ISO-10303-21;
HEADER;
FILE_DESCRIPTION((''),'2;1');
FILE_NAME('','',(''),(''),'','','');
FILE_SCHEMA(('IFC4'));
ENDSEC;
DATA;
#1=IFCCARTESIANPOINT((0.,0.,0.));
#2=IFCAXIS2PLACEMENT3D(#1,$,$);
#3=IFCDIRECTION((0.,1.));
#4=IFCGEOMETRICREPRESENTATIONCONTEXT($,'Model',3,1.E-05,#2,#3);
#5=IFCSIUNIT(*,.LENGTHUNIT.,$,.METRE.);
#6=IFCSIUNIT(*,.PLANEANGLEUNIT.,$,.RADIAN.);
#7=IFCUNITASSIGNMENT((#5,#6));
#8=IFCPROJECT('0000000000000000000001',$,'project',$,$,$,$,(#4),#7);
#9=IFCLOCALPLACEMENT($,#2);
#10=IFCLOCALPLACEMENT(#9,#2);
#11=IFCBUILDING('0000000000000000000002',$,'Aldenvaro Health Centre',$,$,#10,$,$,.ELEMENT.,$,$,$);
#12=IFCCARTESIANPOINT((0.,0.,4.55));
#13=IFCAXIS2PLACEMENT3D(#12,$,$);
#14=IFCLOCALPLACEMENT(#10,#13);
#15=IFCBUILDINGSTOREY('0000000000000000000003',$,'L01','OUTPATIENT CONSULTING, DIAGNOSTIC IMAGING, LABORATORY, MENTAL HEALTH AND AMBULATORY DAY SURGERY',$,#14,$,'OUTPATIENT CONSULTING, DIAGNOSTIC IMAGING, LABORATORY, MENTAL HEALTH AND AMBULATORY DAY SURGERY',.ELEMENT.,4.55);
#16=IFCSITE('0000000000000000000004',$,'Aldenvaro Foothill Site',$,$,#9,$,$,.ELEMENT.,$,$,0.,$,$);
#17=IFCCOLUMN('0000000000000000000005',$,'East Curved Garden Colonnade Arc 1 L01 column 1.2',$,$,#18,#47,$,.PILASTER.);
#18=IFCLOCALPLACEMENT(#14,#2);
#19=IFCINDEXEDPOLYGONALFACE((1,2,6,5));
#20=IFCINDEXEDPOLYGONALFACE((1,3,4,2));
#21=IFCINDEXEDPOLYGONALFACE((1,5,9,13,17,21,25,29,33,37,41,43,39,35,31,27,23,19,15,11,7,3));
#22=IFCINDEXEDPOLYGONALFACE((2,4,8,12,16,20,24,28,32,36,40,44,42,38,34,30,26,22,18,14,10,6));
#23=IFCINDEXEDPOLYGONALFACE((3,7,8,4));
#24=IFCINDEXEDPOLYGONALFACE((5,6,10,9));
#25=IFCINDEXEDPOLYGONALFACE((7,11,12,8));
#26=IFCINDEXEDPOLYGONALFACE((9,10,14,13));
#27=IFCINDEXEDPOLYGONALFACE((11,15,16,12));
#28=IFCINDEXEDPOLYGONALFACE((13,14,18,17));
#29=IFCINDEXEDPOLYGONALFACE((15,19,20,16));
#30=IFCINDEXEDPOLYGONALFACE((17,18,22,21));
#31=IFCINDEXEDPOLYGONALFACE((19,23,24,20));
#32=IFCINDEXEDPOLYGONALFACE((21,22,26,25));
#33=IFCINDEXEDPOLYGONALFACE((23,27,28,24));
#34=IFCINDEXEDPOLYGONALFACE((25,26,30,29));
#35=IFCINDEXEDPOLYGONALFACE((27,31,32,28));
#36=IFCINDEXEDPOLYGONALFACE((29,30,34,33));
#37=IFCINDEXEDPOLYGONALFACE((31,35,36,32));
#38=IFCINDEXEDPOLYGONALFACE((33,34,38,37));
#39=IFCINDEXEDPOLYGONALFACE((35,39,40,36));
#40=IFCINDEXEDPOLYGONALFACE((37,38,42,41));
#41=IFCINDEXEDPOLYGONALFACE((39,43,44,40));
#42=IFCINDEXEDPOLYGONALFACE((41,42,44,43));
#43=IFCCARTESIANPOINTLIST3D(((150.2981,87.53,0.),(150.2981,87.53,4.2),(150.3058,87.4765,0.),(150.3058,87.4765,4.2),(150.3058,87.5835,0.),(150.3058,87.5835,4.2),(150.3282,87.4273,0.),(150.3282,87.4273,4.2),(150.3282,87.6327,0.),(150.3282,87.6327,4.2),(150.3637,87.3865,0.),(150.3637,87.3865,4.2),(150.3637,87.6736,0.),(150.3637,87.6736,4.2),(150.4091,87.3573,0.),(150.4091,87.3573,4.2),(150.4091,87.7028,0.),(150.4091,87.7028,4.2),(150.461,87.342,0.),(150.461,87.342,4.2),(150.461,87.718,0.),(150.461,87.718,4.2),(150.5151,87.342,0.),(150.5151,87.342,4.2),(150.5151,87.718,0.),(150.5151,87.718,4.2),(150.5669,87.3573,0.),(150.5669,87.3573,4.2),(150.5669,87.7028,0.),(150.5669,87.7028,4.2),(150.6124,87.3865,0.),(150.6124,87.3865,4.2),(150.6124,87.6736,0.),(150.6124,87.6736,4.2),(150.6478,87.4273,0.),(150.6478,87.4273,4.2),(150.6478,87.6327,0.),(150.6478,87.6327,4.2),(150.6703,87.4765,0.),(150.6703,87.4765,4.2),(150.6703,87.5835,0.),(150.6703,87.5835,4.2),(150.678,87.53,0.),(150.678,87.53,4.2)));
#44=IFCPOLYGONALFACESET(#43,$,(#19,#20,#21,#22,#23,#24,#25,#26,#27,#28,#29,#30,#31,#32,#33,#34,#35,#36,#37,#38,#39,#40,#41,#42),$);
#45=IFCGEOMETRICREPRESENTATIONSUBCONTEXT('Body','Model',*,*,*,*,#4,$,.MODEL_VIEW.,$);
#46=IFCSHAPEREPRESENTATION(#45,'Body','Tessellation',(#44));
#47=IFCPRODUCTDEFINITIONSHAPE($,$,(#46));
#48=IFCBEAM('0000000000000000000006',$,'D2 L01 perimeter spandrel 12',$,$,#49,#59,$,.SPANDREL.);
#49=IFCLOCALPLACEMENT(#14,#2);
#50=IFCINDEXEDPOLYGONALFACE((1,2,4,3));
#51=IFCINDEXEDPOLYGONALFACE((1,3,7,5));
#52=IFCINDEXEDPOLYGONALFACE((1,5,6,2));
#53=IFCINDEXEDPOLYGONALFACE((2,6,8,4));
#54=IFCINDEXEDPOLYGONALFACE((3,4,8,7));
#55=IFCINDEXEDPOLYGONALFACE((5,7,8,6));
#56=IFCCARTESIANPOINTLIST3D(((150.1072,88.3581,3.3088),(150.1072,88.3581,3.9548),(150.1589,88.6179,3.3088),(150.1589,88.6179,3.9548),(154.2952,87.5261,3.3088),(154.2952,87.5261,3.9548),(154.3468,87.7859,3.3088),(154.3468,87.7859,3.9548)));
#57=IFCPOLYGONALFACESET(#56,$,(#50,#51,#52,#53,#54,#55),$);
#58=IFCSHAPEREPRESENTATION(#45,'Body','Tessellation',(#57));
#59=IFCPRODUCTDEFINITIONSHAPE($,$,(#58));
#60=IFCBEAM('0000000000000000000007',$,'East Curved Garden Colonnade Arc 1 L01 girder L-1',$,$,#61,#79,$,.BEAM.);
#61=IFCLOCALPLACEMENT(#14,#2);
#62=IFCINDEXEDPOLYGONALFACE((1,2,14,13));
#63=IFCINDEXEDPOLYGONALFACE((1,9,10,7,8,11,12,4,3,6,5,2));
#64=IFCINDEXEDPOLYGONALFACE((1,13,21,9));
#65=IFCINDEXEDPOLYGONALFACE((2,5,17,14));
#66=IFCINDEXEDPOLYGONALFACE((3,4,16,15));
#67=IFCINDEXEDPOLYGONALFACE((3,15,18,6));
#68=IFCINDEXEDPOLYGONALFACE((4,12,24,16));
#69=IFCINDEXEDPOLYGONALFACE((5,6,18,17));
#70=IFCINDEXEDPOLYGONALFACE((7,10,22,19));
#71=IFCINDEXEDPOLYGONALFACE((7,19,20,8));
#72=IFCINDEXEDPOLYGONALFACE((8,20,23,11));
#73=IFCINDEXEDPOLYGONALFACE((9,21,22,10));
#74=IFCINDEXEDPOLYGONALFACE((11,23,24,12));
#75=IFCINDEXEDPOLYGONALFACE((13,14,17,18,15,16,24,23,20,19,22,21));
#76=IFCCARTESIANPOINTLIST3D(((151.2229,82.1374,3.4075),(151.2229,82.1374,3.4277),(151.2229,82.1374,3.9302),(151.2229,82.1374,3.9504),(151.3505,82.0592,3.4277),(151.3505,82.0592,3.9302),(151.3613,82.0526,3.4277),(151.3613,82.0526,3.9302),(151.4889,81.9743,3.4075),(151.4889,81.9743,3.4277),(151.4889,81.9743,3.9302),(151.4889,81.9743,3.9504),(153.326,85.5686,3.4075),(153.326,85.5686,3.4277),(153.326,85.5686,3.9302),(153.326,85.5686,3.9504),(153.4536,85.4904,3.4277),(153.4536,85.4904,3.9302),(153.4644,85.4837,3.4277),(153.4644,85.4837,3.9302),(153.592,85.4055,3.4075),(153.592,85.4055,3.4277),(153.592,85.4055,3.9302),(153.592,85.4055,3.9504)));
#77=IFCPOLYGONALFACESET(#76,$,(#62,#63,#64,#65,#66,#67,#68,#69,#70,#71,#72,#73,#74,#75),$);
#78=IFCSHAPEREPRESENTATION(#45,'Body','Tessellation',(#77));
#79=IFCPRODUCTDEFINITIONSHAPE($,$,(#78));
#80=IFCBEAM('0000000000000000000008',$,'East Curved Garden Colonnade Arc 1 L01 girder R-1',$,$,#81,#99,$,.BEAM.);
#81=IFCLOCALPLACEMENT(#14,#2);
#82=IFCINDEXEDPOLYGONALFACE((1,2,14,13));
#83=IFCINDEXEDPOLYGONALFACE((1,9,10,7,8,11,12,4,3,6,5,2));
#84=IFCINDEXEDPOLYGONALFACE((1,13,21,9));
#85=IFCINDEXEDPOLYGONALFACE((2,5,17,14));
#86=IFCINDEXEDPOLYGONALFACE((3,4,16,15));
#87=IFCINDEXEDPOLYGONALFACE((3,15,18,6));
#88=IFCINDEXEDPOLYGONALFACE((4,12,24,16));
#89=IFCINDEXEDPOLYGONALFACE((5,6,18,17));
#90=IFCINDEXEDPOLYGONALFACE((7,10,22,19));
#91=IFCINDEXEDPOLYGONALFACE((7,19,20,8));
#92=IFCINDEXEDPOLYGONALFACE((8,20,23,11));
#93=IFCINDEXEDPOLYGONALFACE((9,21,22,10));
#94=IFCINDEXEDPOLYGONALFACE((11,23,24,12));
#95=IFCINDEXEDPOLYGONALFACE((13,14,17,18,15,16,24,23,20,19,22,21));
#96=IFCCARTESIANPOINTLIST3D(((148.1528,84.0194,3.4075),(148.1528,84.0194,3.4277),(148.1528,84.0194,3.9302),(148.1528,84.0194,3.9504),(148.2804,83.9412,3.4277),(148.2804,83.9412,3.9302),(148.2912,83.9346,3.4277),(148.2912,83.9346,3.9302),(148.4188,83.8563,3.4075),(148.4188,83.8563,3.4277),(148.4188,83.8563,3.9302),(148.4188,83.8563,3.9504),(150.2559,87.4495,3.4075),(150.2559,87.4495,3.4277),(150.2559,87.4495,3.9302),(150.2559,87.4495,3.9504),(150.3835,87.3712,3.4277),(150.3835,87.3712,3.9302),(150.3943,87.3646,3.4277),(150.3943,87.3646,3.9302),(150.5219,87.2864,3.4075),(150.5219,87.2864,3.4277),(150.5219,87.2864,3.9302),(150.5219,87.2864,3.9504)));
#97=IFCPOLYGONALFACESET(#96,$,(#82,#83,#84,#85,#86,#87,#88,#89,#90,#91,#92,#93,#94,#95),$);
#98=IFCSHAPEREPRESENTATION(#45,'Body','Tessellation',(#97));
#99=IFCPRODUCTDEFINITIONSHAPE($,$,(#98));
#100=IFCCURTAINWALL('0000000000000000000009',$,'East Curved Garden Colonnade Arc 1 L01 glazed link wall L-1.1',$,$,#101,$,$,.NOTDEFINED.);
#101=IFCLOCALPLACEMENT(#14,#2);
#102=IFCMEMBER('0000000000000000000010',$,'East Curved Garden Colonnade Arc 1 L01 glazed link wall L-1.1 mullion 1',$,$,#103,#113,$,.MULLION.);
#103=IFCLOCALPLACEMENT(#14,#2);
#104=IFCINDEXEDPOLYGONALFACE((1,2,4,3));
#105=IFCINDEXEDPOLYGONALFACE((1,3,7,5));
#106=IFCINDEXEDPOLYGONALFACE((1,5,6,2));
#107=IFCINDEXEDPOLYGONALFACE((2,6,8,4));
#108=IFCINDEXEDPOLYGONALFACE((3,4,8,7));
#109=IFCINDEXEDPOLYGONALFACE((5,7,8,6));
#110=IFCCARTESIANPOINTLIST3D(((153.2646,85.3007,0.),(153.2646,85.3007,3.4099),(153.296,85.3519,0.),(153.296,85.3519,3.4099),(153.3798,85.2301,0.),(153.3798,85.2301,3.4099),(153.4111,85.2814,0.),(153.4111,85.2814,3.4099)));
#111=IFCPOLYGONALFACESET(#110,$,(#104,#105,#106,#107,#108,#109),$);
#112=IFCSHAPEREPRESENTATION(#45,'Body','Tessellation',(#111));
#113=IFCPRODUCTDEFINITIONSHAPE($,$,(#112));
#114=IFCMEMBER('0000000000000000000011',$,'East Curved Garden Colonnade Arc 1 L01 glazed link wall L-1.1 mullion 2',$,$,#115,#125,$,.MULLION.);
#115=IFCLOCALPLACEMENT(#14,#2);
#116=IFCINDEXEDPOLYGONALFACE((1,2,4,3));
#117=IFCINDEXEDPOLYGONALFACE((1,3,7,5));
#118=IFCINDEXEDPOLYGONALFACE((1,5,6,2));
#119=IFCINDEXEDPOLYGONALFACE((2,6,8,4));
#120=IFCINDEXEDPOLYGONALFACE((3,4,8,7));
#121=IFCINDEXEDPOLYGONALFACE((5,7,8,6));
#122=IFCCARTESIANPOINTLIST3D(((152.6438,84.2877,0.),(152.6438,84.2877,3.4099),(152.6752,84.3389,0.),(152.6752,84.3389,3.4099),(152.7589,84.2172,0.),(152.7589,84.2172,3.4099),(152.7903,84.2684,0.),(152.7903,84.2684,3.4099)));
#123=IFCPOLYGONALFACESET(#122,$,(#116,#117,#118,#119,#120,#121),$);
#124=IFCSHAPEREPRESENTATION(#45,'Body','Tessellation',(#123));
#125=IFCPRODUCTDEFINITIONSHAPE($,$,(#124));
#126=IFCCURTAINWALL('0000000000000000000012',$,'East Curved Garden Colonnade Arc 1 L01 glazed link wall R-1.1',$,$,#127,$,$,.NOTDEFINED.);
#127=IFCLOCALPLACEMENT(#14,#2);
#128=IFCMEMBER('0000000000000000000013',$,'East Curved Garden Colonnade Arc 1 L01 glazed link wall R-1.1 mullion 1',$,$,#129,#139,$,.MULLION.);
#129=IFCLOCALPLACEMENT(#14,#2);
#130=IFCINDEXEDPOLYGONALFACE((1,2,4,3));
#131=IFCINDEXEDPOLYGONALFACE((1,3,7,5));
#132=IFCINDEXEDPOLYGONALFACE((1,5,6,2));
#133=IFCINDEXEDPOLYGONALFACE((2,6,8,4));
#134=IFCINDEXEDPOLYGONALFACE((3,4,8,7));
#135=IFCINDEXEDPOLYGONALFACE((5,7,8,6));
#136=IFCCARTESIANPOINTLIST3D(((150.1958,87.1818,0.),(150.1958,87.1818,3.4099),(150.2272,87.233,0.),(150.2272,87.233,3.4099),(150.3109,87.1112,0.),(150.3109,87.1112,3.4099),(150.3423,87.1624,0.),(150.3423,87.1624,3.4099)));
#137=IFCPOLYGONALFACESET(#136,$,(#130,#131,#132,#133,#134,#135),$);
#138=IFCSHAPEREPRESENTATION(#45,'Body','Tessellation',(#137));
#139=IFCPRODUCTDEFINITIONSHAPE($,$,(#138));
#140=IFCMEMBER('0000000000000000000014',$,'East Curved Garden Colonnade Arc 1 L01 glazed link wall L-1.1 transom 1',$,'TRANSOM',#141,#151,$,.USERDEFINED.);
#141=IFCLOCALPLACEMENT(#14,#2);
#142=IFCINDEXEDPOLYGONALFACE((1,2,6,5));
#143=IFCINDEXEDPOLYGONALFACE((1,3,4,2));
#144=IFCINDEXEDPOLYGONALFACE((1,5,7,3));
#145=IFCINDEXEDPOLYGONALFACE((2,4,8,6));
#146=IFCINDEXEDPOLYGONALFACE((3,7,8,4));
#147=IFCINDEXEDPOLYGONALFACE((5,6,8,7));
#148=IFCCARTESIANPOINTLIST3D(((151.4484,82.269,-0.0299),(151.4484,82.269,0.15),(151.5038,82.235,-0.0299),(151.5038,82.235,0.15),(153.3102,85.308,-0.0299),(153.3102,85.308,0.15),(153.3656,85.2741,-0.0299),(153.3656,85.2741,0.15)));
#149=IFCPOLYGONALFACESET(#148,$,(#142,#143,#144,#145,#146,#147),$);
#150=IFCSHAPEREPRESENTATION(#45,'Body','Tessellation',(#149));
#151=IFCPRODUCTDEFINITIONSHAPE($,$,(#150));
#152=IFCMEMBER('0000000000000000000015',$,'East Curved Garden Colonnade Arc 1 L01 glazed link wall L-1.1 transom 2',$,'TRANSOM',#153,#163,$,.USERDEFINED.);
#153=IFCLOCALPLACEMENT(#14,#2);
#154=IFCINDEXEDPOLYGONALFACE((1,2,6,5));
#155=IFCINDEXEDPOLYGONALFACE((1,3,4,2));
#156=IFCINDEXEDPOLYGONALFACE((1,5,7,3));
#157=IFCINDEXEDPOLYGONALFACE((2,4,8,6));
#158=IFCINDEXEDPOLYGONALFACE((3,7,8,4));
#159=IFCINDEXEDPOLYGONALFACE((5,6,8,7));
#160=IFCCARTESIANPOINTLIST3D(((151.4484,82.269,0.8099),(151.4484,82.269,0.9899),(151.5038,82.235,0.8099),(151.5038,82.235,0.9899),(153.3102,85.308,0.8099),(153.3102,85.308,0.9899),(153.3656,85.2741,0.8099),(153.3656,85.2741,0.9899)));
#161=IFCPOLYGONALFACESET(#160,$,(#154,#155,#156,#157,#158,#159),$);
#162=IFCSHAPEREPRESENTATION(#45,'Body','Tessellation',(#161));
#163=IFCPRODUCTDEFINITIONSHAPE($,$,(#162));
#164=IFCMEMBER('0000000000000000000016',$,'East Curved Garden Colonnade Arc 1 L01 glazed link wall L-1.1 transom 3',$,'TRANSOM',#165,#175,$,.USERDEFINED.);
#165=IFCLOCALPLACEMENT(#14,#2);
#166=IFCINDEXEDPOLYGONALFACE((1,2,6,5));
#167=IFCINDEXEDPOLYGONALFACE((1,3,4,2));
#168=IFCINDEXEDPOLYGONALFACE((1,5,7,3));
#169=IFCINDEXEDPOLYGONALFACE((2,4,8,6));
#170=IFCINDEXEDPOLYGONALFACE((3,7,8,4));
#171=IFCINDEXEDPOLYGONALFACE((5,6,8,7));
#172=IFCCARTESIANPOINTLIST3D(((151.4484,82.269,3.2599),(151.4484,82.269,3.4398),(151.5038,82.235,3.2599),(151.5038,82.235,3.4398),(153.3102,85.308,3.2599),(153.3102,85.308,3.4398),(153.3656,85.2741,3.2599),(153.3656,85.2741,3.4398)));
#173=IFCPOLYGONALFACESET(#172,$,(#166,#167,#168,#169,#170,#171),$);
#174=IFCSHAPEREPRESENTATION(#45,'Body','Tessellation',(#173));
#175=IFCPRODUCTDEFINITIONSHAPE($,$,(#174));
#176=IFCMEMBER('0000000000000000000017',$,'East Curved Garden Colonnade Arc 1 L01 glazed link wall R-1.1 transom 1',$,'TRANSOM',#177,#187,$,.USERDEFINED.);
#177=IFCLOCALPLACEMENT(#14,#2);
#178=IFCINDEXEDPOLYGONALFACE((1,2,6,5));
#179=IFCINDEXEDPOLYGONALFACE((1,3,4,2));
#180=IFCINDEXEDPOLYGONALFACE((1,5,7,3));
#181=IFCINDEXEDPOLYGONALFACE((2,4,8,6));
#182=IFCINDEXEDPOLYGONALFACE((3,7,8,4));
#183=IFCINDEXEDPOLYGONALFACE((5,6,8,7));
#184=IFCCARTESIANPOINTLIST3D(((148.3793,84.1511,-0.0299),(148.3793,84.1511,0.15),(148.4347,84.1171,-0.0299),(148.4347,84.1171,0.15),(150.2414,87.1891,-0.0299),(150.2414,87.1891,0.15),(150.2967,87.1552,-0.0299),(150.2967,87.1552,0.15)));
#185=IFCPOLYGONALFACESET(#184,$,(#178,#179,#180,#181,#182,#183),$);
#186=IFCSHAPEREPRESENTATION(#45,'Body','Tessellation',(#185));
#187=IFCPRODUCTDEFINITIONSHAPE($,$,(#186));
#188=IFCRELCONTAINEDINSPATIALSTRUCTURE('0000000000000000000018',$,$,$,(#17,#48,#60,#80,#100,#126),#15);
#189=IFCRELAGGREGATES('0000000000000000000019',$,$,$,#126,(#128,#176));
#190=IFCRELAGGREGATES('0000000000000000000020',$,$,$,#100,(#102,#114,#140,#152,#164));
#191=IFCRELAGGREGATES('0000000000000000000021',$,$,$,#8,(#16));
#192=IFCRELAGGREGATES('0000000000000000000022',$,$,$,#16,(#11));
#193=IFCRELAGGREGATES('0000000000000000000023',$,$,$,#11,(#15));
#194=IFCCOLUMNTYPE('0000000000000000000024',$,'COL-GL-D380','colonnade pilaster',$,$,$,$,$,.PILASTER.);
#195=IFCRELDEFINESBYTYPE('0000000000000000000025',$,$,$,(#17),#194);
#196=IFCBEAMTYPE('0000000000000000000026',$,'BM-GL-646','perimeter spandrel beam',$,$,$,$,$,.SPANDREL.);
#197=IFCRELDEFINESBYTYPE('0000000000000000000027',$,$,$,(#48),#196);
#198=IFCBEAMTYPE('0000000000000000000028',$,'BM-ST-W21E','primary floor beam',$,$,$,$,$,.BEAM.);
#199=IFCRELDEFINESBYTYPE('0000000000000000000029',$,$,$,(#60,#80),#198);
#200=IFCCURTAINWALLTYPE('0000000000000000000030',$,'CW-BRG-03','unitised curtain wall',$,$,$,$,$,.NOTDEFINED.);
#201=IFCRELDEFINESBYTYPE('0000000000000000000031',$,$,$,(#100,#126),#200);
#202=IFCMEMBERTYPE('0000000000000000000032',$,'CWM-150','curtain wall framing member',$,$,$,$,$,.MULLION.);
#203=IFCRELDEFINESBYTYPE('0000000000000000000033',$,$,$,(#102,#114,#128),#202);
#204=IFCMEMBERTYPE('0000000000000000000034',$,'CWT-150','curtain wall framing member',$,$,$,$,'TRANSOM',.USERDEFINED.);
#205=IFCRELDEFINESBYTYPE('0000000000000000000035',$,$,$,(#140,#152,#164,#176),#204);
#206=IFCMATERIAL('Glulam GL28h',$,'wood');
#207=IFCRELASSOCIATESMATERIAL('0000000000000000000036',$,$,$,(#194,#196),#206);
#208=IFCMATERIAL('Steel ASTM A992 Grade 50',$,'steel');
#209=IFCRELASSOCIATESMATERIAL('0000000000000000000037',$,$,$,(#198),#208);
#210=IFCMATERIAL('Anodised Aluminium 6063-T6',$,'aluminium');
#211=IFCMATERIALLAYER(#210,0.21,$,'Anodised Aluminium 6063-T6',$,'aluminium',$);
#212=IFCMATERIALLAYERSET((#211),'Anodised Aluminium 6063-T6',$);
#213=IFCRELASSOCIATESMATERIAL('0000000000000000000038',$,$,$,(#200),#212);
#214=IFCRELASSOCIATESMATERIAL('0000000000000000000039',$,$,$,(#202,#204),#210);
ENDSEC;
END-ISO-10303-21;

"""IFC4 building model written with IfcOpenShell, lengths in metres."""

from ifc_helpers import new_model, si_unit, direction, frame, origin, origin_2d, place, context, subcontext, project, spatial, rectangle, circle, i_section, extrude, material, layer, layer_set, material_profile, profile_set, type_object, element, aggregate, save


model = new_model("IFC4")

# Units and contexts
model_context = context("Model", 3, precision=1e-05, world=origin(), true_north=direction((0.0, 1.0)))
body_context = subcontext(model_context, "Body", "Model", "MODEL_VIEW")
ifc_project = project(units=[si_unit("LENGTHUNIT", "METRE"), si_unit("PLANEANGLEUNIT", "RADIAN")], contexts=[model_context])

# Site, building, storey
site_placement = place(None, origin())
site = spatial("IfcSite", under=ifc_project, at=site_placement, Name="Aldenvaro Foothill Site", CompositionType="ELEMENT", RefElevation=0.0)
building_placement = place(site_placement, origin())
building = spatial("IfcBuilding", under=site, at=building_placement, Name="Aldenvaro Health Centre", CompositionType="ELEMENT")
storey_placement = place(building_placement, frame((0.0, 0.0, 4.55)))
storey = spatial("IfcBuildingStorey", under=building, at=storey_placement, Name="L01", Description="OUTPATIENT CONSULTING, DIAGNOSTIC IMAGING, LABORATORY, MENTAL HEALTH AND AMBULATORY DAY SURGERY", LongName="OUTPATIENT CONSULTING, DIAGNOSTIC IMAGING, LABORATORY, MENTAL HEALTH AND AMBULATORY DAY SURGERY", CompositionType="ELEMENT", Elevation=4.55)

# Column
ifc_material_1 = material(Name="Glulam GL28h", Category="wood")
ifc_material_profile_1 = material_profile(ifc_material_1, circle(Radius=0.1899, at=origin_2d()), Name="GL D380", Category="wood")
ifc_profile_set_1 = profile_set([ifc_material_profile_1], Name="Glulam GL28h")
column_type = type_object("IfcColumnType", Name="COL-GL-D380", Description="colonnade pilaster", PredefinedType="PILASTER", material=ifc_profile_set_1)
column_placement = place(storey_placement, frame((150.488, 87.53, 0.0), z_axis=(0.0, 0.0, 1.0), x_axis=(1.0, 0.0, 0.0)))
element("IfcColumn", 1, at=column_placement, inside=storey, type_object=column_type, Name="East Curved Garden Colonnade Arc 1 L01 column 1.2", PredefinedType="PILASTER", context=body_context, shape_type="SweptSolid", body=[
    extrude(circle(Radius=0.1899, at=origin_2d()), origin(), (0.0, 0.0, 1.0), 4.2),
])

# Beams
ifc_material_profile_2 = material_profile(ifc_material_1, rectangle(XDim=0.2649, YDim=0.646, at=origin_2d()), Name="GL 265x646", Category="wood")
ifc_profile_set_2 = profile_set([ifc_material_profile_2], Name="Glulam GL28h")
beam_type_1 = type_object("IfcBeamType", Name="BM-GL-646", Description="perimeter spandrel beam", PredefinedType="SPANDREL", material=ifc_profile_set_2)
beam_1_placement = place(storey_placement, frame((150.1331, 88.488, 3.6318), z_axis=(0.980831, -0.194862, 0.0), x_axis=(0.194862, 0.980831, 0.0)))
element("IfcBeam", 2, at=beam_1_placement, inside=storey, type_object=beam_type_1, Name="D2 L01 perimeter spandrel 12", PredefinedType="SPANDREL", context=body_context, shape_type="SweptSolid", body=[
    extrude(rectangle(XDim=0.2649, YDim=0.646, at=origin_2d()), origin(), (0.0, 0.0, 1.0), 4.2698),
])
ifc_material_2 = material(Name="Steel ASTM A992 Grade 50", Category="steel")
ifc_material_profile_3 = material_profile(ifc_material_2, i_section(OverallWidth=0.312, OverallDepth=0.543, WebThickness=0.0127, FlangeThickness=0.0203, at=origin_2d()), Name="W21X101", Category="steel")
ifc_profile_set_3 = profile_set([ifc_material_profile_3], Name="Steel ASTM A992 Grade 50")
beam_type_2 = type_object("IfcBeamType", Name="BM-ST-W21E", Description="primary floor beam", PredefinedType="BEAM", material=ifc_profile_set_3)
beam_2_placement = place(storey_placement, frame((153.459, 85.4871, 3.679), z_axis=(-0.522573, -0.852594, 0.0), x_axis=(0.852594, -0.522573, 0.0)))
element("IfcBeam", 3, at=beam_2_placement, inside=storey, type_object=beam_type_2, Name="East Curved Garden Colonnade Arc 1 L01 girder L-1", PredefinedType="BEAM", context=body_context, shape_type="SweptSolid", body=[
    extrude(i_section(OverallWidth=0.312, OverallDepth=0.543, WebThickness=0.0127, FlangeThickness=0.0203, at=origin_2d()), origin(), (0.0, 0.0, 1.0), 4.0244),
])
beam_3_placement = place(storey_placement, frame((150.3889, 87.3679, 3.679), z_axis=(-0.522709, -0.852511, 0.0), x_axis=(0.852511, -0.522709, 0.0)))
element("IfcBeam", 4, at=beam_3_placement, inside=storey, type_object=beam_type_2, Name="East Curved Garden Colonnade Arc 1 L01 girder R-1", PredefinedType="BEAM", context=body_context, shape_type="SweptSolid", body=[
    extrude(i_section(OverallWidth=0.312, OverallDepth=0.543, WebThickness=0.0127, FlangeThickness=0.0203, at=origin_2d()), origin(), (0.0, 0.0, 1.0), 4.0234),
])

# Curtain wall, members
ifc_material_3 = material(Name="Anodised Aluminium 6063-T6", Category="aluminium")
ifc_layer_1 = layer(ifc_material_3, 0.21, Name="Anodised Aluminium 6063-T6", Category="aluminium")
ifc_layer_set_1 = layer_set([ifc_layer_1], Name="Anodised Aluminium 6063-T6")
curtain_wall_type = type_object("IfcCurtainWallType", Name="CW-BRG-03", Description="unitised curtain wall", PredefinedType="NOTDEFINED", material=ifc_layer_set_1)
curtain_wall_1_placement = place(storey_placement, origin())
curtain_wall_1 = element("IfcCurtainWall", 5, at=curtain_wall_1_placement, inside=storey, type_object=curtain_wall_type, Name="East Curved Garden Colonnade Arc 1 L01 glazed link wall L-1.1", PredefinedType="NOTDEFINED")
ifc_material_profile_4 = material_profile(ifc_material_3, rectangle(XDim=0.0601, YDim=0.135, at=origin_2d()), Name="ALU 60x135", Category="aluminium")
ifc_profile_set_4 = profile_set([ifc_material_profile_4], Name="Anodised Aluminium 6063-T6")
member_type_1 = type_object("IfcMemberType", Name="CWM-150", Description="curtain wall framing member", PredefinedType="MULLION", material=ifc_profile_set_4)
member_1_placement = place(storey_placement, frame((153.3379, 85.291, 0.0), z_axis=(0.0, 0.0, 1.0), x_axis=(-0.522437, -0.852678, 0.0)))
member_1 = element("IfcMember", 6, at=member_1_placement, type_object=member_type_1, Name="East Curved Garden Colonnade Arc 1 L01 glazed link wall L-1.1 mullion 1", PredefinedType="MULLION", context=body_context, shape_type="SweptSolid", body=[
    extrude(rectangle(XDim=0.0601, YDim=0.135, at=origin_2d()), origin(), (0.0, 0.0, 1.0), 3.4099),
])
member_2_placement = place(storey_placement, frame((152.717, 84.2781, 0.0), z_axis=(0.0, 0.0, 1.0), x_axis=(-0.522437, -0.852678, 0.0)))
member_2 = element("IfcMember", 7, at=member_2_placement, type_object=member_type_1, Name="East Curved Garden Colonnade Arc 1 L01 glazed link wall L-1.1 mullion 2", PredefinedType="MULLION", context=body_context, shape_type="SweptSolid", body=[
    extrude(rectangle(XDim=0.0601, YDim=0.135, at=origin_2d()), origin(), (0.0, 0.0, 1.0), 3.4099),
])

# Curtain wall, member
curtain_wall_2_placement = place(storey_placement, origin())
curtain_wall_2 = element("IfcCurtainWall", 8, at=curtain_wall_2_placement, inside=storey, type_object=curtain_wall_type, Name="East Curved Garden Colonnade Arc 1 L01 glazed link wall R-1.1", PredefinedType="NOTDEFINED")
member_3_placement = place(storey_placement, frame((150.269, 87.1721, 0.0), z_axis=(0.0, 0.0, 1.0), x_axis=(-0.522562, -0.852601, 0.0)))
member_3 = element("IfcMember", 9, at=member_3_placement, type_object=member_type_1, Name="East Curved Garden Colonnade Arc 1 L01 glazed link wall R-1.1 mullion 1", PredefinedType="MULLION", context=body_context, shape_type="SweptSolid", body=[
    extrude(rectangle(XDim=0.0601, YDim=0.135, at=origin_2d()), origin(), (0.0, 0.0, 1.0), 3.4099),
])

# Members
ifc_material_profile_5 = material_profile(ifc_material_3, rectangle(XDim=0.0649, YDim=0.1799, at=origin_2d()), Name="ALU 65x180", Category="aluminium")
ifc_profile_set_5 = profile_set([ifc_material_profile_5], Name="Anodised Aluminium 6063-T6")
member_type_2 = type_object("IfcMemberType", Name="CWT-150", Description="curtain wall framing member", ElementType="TRANSOM", PredefinedType="USERDEFINED", material=ifc_profile_set_5)
member_4_placement = place(storey_placement, frame((153.3379, 85.291, 0.0601), z_axis=(-0.522392, -0.852706, 0.0), x_axis=(0.852706, -0.522392, 0.0)))
member_4 = element("IfcMember", 10, at=member_4_placement, type_object=member_type_2, Name="East Curved Garden Colonnade Arc 1 L01 glazed link wall L-1.1 transom 1", ObjectType="TRANSOM", PredefinedType="USERDEFINED", context=body_context, shape_type="SweptSolid", body=[
    extrude(rectangle(XDim=0.0649, YDim=0.1799, at=origin_2d()), origin(), (0.0, 0.0, 1.0), 3.564),
])
member_5_placement = place(storey_placement, frame((153.3379, 85.291, 0.8999), z_axis=(-0.522392, -0.852706, 0.0), x_axis=(0.852706, -0.522392, 0.0)))
member_5 = element("IfcMember", 11, at=member_5_placement, type_object=member_type_2, Name="East Curved Garden Colonnade Arc 1 L01 glazed link wall L-1.1 transom 2", ObjectType="TRANSOM", PredefinedType="USERDEFINED", context=body_context, shape_type="SweptSolid", body=[
    extrude(rectangle(XDim=0.0649, YDim=0.1799, at=origin_2d()), origin(), (0.0, 0.0, 1.0), 3.564),
])
member_6_placement = place(storey_placement, frame((153.3379, 85.291, 3.3499), z_axis=(-0.522392, -0.852706, 0.0), x_axis=(0.852706, -0.522392, 0.0)))
member_6 = element("IfcMember", 12, at=member_6_placement, type_object=member_type_2, Name="East Curved Garden Colonnade Arc 1 L01 glazed link wall L-1.1 transom 3", ObjectType="TRANSOM", PredefinedType="USERDEFINED", context=body_context, shape_type="SweptSolid", body=[
    extrude(rectangle(XDim=0.0649, YDim=0.1799, at=origin_2d()), origin(), (0.0, 0.0, 1.0), 3.564),
])
member_7_placement = place(storey_placement, frame((150.269, 87.1721, 0.0601), z_axis=(-0.522564, -0.8526, 0.0), x_axis=(0.8526, -0.522564, 0.0)))
member_7 = element("IfcMember", 13, at=member_7_placement, type_object=member_type_2, Name="East Curved Garden Colonnade Arc 1 L01 glazed link wall R-1.1 transom 1", ObjectType="TRANSOM", PredefinedType="USERDEFINED", context=body_context, shape_type="SweptSolid", body=[
    extrude(rectangle(XDim=0.0649, YDim=0.1799, at=origin_2d()), origin(), (0.0, 0.0, 1.0), 3.5632),
])
aggregate(curtain_wall_2, [member_3, member_7])

aggregate(curtain_wall_1, [member_1, member_2, member_4, member_5, member_6])

save(model, "model.ifc")
